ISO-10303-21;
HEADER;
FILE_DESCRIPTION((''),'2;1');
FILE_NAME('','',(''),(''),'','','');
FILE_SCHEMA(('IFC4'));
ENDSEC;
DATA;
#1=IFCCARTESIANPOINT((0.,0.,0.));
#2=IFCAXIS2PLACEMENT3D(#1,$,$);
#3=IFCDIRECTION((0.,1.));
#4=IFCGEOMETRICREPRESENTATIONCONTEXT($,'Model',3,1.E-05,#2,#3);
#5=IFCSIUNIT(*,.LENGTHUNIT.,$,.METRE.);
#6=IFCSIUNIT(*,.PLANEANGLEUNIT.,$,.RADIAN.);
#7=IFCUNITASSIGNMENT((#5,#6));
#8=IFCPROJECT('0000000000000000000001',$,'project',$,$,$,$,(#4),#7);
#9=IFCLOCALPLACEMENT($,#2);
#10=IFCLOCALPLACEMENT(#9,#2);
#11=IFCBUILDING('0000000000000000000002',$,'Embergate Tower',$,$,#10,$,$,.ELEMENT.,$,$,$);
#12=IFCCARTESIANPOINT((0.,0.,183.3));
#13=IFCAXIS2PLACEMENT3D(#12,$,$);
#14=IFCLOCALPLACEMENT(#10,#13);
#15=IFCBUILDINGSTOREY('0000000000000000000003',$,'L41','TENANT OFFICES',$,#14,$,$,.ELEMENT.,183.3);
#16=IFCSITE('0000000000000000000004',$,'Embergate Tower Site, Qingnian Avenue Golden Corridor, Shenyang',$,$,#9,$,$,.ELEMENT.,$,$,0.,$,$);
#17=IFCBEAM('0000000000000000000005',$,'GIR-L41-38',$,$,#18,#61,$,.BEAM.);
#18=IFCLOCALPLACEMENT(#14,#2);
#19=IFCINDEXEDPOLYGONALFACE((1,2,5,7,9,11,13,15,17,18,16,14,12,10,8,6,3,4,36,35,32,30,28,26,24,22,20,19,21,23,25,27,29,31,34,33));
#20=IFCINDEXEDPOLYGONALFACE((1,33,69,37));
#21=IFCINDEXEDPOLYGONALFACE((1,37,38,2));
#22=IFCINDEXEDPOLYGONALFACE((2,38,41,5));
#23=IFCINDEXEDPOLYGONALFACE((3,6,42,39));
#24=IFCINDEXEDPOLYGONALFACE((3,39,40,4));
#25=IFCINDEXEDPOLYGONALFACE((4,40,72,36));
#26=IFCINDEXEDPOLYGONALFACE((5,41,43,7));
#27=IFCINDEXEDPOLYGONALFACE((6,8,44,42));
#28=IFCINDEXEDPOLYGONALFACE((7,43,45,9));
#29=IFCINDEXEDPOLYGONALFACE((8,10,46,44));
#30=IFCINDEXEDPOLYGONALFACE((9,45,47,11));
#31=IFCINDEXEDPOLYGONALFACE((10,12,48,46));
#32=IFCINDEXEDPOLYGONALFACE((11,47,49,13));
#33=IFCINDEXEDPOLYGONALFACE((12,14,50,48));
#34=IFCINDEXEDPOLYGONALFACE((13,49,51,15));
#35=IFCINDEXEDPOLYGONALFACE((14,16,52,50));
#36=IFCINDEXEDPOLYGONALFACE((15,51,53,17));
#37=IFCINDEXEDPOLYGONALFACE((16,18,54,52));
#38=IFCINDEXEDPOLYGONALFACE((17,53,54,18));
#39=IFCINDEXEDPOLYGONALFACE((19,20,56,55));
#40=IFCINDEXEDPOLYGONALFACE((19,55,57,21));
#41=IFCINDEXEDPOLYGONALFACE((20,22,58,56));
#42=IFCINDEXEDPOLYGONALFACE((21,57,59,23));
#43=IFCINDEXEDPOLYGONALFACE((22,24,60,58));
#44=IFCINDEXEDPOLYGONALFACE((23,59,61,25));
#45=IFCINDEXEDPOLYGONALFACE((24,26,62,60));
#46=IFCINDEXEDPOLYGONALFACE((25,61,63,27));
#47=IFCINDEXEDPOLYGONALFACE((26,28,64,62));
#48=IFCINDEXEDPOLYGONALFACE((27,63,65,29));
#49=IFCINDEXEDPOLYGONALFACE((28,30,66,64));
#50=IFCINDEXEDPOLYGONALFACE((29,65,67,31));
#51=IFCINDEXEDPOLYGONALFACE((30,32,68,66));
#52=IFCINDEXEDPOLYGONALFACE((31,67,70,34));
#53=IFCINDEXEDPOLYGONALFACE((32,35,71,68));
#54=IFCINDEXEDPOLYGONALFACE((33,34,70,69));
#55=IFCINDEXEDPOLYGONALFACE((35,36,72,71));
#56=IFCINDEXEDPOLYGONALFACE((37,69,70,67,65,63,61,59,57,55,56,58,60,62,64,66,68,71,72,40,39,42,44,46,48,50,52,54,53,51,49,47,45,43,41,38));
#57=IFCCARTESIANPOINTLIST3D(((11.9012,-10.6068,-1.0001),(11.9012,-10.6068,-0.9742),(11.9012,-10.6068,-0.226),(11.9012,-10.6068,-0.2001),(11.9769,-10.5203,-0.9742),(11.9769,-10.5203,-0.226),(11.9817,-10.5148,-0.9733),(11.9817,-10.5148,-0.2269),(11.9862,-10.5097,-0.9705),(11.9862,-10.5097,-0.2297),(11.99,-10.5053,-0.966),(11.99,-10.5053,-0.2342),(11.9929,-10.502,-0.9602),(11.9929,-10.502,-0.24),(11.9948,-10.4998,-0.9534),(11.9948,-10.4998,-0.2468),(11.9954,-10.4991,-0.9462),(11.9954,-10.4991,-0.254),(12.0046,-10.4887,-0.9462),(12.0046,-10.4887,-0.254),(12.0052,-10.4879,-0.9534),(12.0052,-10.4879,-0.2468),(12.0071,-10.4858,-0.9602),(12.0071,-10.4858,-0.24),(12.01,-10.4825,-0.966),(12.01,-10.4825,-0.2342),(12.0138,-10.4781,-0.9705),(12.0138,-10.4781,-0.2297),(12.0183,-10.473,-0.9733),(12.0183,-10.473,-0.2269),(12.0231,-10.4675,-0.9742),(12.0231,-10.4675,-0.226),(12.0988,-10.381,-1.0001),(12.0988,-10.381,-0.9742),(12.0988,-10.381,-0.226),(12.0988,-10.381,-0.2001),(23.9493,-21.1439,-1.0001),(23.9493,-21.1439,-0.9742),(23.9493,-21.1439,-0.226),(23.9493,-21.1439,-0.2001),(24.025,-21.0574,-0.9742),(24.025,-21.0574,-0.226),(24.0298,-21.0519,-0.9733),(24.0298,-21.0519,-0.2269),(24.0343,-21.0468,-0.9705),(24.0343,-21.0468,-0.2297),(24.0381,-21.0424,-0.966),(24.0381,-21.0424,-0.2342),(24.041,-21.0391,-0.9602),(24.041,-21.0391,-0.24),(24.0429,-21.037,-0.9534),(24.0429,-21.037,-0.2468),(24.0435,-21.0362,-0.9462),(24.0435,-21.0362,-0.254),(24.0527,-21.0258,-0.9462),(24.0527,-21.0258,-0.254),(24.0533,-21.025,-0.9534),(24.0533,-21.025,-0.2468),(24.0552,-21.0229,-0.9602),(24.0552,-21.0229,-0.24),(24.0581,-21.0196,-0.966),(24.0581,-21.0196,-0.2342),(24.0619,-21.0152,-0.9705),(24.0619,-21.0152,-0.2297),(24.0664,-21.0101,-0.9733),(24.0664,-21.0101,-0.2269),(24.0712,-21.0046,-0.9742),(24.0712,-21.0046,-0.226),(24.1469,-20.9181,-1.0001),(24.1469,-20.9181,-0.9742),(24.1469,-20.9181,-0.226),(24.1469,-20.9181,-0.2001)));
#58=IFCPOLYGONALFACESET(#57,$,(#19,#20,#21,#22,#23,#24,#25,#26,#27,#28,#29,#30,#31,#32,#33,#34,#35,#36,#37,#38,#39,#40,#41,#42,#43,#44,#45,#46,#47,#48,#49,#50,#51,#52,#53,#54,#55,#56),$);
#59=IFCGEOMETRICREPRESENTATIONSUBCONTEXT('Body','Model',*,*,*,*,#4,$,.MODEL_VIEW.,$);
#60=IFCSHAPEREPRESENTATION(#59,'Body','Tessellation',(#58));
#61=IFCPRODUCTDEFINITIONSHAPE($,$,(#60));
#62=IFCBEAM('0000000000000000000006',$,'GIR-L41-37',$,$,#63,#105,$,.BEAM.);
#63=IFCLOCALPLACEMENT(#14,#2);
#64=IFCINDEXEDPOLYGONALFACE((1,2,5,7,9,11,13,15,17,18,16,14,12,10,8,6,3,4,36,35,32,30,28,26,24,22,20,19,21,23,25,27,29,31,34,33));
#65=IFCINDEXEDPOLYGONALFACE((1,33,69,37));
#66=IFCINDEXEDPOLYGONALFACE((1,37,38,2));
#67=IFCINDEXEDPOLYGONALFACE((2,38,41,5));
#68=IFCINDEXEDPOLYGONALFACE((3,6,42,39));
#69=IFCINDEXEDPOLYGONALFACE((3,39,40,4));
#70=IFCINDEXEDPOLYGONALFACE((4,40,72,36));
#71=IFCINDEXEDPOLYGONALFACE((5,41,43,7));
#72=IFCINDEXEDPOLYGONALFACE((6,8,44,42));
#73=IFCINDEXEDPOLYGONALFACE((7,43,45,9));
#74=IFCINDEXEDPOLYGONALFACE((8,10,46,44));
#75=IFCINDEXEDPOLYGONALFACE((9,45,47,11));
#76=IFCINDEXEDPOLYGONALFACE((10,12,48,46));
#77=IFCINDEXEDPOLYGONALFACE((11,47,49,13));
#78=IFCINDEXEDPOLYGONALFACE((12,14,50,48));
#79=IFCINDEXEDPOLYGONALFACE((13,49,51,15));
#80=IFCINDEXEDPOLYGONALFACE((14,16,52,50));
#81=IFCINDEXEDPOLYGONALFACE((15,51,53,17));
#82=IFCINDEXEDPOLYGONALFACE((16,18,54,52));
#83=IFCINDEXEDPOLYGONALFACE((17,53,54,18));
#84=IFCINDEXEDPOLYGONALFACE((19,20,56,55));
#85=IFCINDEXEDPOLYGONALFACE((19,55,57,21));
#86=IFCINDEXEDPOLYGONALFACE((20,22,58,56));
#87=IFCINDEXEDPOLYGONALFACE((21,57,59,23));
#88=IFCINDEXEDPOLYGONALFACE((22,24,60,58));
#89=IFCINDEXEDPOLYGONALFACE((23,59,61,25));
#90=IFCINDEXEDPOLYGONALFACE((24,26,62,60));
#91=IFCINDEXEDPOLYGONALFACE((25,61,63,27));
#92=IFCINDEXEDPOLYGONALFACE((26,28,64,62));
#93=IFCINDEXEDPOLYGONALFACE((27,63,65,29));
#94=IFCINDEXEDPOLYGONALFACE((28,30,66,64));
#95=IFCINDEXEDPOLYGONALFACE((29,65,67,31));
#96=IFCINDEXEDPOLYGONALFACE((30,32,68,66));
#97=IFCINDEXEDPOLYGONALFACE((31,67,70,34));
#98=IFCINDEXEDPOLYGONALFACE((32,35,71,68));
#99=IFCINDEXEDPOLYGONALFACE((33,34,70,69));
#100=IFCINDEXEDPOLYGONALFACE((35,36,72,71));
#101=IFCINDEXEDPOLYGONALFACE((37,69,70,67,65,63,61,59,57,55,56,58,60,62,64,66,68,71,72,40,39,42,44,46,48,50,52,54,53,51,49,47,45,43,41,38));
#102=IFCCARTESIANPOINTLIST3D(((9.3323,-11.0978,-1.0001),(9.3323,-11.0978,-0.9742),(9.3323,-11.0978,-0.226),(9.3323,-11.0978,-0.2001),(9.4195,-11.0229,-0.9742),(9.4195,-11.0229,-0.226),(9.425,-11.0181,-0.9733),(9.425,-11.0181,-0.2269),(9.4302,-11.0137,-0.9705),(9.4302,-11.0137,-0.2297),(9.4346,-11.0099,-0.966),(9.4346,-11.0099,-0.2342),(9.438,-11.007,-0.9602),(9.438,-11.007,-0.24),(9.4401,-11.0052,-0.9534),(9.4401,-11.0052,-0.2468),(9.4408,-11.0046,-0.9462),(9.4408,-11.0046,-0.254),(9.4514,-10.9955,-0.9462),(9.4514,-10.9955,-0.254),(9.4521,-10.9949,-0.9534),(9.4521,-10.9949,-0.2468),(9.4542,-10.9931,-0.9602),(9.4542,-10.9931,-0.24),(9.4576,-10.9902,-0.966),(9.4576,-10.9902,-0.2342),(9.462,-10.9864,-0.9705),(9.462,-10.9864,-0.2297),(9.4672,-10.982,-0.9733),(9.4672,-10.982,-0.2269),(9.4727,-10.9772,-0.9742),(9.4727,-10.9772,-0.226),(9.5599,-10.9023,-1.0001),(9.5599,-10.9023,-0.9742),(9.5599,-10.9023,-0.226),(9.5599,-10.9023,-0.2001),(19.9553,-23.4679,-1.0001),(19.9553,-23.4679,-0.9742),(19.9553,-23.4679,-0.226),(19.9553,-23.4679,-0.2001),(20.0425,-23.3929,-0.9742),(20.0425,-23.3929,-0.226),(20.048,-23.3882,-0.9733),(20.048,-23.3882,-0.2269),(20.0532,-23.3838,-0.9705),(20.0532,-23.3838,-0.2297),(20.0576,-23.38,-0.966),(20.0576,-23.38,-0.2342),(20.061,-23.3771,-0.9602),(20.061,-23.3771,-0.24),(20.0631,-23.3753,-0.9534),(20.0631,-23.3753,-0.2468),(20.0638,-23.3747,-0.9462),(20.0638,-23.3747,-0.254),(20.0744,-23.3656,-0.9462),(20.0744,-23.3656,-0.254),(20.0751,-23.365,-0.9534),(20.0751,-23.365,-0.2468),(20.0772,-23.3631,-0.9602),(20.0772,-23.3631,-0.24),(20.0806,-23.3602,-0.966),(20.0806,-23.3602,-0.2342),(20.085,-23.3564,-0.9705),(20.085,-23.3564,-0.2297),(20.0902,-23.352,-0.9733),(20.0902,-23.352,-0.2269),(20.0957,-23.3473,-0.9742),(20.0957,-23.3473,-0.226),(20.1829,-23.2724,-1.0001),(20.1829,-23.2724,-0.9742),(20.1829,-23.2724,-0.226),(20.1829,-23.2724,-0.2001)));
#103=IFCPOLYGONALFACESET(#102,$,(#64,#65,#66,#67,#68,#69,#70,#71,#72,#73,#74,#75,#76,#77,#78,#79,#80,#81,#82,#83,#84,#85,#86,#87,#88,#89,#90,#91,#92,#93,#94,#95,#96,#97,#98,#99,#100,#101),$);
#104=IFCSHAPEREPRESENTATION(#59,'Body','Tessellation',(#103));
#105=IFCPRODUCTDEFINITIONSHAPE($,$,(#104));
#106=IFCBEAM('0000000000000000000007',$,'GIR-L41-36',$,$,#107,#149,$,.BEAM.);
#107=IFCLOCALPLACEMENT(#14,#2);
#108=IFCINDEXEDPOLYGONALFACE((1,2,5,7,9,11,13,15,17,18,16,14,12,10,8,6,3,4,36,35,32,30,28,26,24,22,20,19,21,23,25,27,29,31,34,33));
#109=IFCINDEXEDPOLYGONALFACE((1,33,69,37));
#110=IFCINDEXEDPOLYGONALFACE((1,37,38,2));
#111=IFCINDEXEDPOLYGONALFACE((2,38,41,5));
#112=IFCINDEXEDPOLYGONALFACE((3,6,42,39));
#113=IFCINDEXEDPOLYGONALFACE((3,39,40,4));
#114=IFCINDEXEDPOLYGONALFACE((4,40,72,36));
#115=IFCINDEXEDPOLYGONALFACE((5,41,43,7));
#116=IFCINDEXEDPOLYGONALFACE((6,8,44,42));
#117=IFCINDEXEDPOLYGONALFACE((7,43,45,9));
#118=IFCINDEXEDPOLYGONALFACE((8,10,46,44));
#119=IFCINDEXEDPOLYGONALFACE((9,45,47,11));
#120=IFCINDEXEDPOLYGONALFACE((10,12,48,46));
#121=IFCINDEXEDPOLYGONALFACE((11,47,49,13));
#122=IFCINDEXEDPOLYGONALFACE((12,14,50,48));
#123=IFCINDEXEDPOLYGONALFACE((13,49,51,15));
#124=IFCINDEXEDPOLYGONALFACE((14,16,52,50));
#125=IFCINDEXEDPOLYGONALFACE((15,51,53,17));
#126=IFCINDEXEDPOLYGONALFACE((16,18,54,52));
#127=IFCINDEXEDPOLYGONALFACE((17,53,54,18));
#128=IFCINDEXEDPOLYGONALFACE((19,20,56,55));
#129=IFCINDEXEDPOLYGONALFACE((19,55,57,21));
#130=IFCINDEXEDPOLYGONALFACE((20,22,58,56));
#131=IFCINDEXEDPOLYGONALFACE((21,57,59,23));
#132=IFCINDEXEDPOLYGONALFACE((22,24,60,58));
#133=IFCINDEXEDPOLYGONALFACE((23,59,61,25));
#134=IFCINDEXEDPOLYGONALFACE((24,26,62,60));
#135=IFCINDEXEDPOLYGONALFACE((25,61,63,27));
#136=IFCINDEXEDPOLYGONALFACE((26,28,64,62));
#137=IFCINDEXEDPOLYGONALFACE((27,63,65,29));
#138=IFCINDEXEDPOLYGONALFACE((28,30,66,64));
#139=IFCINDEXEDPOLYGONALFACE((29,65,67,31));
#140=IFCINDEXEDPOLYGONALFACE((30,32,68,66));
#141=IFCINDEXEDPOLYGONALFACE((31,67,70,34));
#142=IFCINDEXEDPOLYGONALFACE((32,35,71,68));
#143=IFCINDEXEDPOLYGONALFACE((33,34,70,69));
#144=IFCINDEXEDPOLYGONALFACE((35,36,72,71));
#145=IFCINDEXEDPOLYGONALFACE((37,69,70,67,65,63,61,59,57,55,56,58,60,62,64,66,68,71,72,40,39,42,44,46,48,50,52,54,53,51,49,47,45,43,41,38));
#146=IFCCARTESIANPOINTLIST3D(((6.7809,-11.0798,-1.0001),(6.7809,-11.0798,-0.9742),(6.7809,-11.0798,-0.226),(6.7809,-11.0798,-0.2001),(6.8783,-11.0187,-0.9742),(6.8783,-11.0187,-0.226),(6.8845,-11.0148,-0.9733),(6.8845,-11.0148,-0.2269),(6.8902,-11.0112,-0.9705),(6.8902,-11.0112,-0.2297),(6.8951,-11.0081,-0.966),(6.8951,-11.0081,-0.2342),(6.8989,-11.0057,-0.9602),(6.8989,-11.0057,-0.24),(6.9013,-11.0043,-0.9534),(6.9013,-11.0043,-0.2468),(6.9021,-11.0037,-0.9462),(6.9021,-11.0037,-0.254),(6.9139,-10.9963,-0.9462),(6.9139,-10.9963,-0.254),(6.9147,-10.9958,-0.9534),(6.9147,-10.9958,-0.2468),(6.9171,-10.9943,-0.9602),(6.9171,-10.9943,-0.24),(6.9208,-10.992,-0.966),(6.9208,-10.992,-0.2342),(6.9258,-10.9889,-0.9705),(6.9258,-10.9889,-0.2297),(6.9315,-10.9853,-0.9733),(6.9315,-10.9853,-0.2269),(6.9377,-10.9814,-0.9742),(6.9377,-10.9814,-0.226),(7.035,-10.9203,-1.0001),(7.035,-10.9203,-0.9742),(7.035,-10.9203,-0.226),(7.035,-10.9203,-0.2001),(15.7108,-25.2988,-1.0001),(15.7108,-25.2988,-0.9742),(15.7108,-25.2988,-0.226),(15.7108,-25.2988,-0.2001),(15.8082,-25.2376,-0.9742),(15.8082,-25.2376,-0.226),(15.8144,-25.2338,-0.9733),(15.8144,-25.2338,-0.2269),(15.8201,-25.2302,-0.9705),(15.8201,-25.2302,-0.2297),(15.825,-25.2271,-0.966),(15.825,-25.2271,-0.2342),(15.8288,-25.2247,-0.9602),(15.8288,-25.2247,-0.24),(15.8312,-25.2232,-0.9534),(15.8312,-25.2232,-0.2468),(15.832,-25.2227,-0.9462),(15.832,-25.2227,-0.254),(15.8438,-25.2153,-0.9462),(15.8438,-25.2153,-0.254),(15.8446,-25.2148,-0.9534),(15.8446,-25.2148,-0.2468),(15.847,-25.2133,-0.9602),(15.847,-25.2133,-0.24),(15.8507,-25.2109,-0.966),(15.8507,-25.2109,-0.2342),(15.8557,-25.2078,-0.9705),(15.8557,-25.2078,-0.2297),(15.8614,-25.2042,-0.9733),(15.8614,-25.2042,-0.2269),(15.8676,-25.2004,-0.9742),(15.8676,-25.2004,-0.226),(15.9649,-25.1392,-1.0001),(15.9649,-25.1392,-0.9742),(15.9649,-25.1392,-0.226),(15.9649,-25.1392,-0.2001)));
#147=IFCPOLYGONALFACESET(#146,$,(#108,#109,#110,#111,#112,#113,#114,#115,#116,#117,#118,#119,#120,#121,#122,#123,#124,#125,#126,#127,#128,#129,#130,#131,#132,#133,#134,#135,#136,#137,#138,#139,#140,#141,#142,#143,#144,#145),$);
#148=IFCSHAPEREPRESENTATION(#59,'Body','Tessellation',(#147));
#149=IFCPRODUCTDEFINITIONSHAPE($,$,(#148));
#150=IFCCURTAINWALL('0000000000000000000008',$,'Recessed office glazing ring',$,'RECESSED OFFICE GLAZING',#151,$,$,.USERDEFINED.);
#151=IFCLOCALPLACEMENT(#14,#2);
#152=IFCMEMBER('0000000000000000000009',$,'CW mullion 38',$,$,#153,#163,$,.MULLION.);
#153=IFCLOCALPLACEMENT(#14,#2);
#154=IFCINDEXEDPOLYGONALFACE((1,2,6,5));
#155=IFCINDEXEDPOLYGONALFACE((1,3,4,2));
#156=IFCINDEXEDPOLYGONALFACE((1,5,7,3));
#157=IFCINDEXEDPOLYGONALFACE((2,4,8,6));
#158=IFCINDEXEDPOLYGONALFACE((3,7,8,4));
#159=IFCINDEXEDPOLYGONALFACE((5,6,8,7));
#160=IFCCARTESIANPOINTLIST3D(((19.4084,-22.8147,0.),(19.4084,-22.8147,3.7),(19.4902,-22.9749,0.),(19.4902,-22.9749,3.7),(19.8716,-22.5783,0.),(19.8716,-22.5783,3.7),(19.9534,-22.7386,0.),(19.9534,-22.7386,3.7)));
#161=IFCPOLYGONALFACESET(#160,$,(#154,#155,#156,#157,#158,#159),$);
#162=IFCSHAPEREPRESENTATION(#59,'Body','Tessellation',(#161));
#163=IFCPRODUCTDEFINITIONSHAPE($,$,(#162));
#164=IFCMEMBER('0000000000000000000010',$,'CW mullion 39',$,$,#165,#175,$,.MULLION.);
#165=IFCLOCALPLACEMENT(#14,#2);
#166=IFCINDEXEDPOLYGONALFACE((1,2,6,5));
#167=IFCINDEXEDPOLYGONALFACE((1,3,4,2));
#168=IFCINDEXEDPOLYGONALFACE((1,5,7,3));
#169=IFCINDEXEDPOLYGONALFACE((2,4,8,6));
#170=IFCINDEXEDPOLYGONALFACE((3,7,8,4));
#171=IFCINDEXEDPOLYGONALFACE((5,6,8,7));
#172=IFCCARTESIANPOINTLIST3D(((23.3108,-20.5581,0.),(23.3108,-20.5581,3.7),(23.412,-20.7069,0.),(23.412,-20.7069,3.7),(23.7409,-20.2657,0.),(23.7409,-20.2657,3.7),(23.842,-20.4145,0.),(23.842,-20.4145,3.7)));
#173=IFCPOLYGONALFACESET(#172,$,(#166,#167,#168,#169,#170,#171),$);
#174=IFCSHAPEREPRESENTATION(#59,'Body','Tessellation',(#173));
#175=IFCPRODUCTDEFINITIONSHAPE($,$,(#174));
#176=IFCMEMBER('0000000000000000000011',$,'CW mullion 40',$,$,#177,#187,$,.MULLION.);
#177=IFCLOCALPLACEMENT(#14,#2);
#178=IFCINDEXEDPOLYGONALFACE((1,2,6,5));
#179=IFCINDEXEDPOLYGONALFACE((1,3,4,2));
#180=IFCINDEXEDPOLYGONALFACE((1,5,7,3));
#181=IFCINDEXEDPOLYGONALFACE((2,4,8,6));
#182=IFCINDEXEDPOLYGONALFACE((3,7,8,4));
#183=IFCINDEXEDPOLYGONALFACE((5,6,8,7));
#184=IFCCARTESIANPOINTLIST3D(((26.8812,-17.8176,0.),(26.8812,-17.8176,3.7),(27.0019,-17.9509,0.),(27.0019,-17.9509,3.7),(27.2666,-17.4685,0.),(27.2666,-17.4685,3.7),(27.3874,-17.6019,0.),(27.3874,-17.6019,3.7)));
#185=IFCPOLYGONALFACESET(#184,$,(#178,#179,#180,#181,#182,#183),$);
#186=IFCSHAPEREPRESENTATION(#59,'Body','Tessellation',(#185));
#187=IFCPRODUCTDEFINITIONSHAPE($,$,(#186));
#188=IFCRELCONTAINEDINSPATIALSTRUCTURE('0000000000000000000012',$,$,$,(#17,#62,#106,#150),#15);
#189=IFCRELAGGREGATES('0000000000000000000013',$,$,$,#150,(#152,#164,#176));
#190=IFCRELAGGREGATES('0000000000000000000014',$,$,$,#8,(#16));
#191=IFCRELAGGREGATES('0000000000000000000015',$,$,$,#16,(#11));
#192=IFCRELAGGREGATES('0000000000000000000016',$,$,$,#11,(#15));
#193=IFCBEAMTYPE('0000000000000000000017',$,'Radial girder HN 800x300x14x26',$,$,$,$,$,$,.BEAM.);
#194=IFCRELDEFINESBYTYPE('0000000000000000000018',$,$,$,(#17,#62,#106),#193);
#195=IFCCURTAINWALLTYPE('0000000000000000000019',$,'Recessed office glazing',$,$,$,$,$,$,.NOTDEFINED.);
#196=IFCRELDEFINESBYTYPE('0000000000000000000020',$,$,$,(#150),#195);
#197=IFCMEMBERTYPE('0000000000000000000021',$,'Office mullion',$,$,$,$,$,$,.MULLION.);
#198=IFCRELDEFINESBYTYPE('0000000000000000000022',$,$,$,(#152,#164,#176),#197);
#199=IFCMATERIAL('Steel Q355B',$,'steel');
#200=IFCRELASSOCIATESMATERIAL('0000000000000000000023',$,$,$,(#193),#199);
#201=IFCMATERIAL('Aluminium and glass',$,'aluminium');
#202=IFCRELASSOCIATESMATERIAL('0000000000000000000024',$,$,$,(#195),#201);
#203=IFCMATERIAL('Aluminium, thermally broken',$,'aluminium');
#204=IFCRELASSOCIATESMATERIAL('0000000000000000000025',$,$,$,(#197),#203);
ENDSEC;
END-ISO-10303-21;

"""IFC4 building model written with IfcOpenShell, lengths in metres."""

from ifc_helpers import new_model, si_unit, direction, frame, origin, origin_2d, place, context, subcontext, project, spatial, rectangle, i_section, extrude, source, transform, mapped, material, material_profile, profile_set, type_object, element, aggregate, save


model = new_model("IFC4")

# Units and contexts
model_context = context("Model", 3, precision=1e-05, world=origin(), true_north=direction((0.0, 1.0)))
body_context = subcontext(model_context, "Body", "Model", "MODEL_VIEW")
ifc_project = project(units=[si_unit("LENGTHUNIT", "METRE"), si_unit("PLANEANGLEUNIT", "RADIAN")], contexts=[model_context])

# Site, building, storey
site_placement = place(None, origin())
site = spatial("IfcSite", under=ifc_project, at=site_placement, Name="Embergate Tower Site, Qingnian Avenue Golden Corridor, Shenyang", CompositionType="ELEMENT", RefElevation=0.0)
building_placement = place(site_placement, origin())
building = spatial("IfcBuilding", under=site, at=building_placement, Name="Embergate Tower", CompositionType="ELEMENT")
storey_placement = place(building_placement, frame((0.0, 0.0, 183.3)))
storey = spatial("IfcBuildingStorey", under=building, at=storey_placement, Name="L41", Description="TENANT OFFICES", CompositionType="ELEMENT", Elevation=183.3)

# Beams
ifc_material_1 = material(Name="Steel Q355B", Category="steel")
ifc_material_profile_1 = material_profile(ifc_material_1, i_section(OverallWidth=0.3, OverallDepth=0.8, WebThickness=0.0139, FlangeThickness=0.0259, FilletRadius=0.0281, at=origin_2d()), Name="HN 800x300x14x26")
ifc_profile_set_1 = profile_set([ifc_material_profile_1], Name="Steel Q355 grade B")
beam_type_1 = type_object("IfcBeamType", Name="Radial girder HN 800x300x14x26", PredefinedType="BEAM", material=ifc_profile_set_1)
shared_shape_1 = source(origin(), body_context, "Body", "SweptSolid", [
    extrude(i_section(OverallWidth=0.3, OverallDepth=0.8, WebThickness=0.0139, FlangeThickness=0.0259, FilletRadius=0.0281, at=origin_2d()), origin(), (0.0, 0.0, 1.0), 16.0059),
])
beam_1_placement = place(storey_placement, frame((24.0481, -21.031, -0.6001), z_axis=(-0.752731, 0.658329, 0.0), x_axis=(-0.658329, -0.752731, 0.0)))
element("IfcBeam", 1, at=beam_1_placement, inside=storey, type_object=beam_type_1, Name="GIR-L41-38", PredefinedType="BEAM", context=body_context, shape_type="MappedRepresentation", body=[
    mapped(shared_shape_1, transform((0.0, 0.0, 0.0))),
])
shared_shape_2 = source(origin(), body_context, "Body", "SweptSolid", [
    extrude(i_section(OverallWidth=0.3, OverallDepth=0.8, WebThickness=0.0139, FlangeThickness=0.0259, FilletRadius=0.0281, at=origin_2d()), origin(), (0.0, 0.0, 1.0), 16.3054),
])
beam_2_placement = place(storey_placement, frame((20.0691, -23.3701, -0.6001), z_axis=(-0.651501, 0.758647, 0.0), x_axis=(-0.758647, -0.651501, 0.0)))
element("IfcBeam", 2, at=beam_2_placement, inside=storey, type_object=beam_type_1, Name="GIR-L41-37", PredefinedType="BEAM", context=body_context, shape_type="MappedRepresentation", body=[
    mapped(shared_shape_2, transform((0.0, 0.0, 0.0))),
])
shared_shape_3 = source(origin(), body_context, "Body", "SweptSolid", [
    extrude(i_section(OverallWidth=0.3, OverallDepth=0.8, WebThickness=0.0139, FlangeThickness=0.0259, FilletRadius=0.0281, at=origin_2d()), origin(), (0.0, 0.0, 1.0), 16.7905),
])
beam_3_placement = place(storey_placement, frame((15.8379, -25.219, -0.6001), z_axis=(-0.531842, 0.846844, 0.0), x_axis=(-0.846844, -0.531842, 0.0)))
element("IfcBeam", 3, at=beam_3_placement, inside=storey, type_object=beam_type_1, Name="GIR-L41-36", PredefinedType="BEAM", context=body_context, shape_type="MappedRepresentation", body=[
    mapped(shared_shape_3, transform((0.0, 0.0, 0.0))),
])

# Curtain wall, members
ifc_material_2 = material(Name="Aluminium and glass", Category="aluminium")
curtain_wall_type = type_object("IfcCurtainWallType", Name="Recessed office glazing", PredefinedType="NOTDEFINED", material=ifc_material_2)
curtain_wall_placement = place(storey_placement, origin())
curtain_wall = element("IfcCurtainWall", 4, at=curtain_wall_placement, inside=storey, type_object=curtain_wall_type, Name="Recessed office glazing ring", ObjectType="RECESSED OFFICE GLAZING", PredefinedType="USERDEFINED")
ifc_material_3 = material(Name="Aluminium, thermally broken", Category="aluminium")
ifc_material_profile_2 = material_profile(ifc_material_3, rectangle(XDim=0.1799, YDim=0.52, at=origin_2d()), Name="AL 520x180")
ifc_profile_set_2 = profile_set([ifc_material_profile_2], Name="Aluminium, thermally broken")
member_type_1 = type_object("IfcMemberType", Name="Office mullion", PredefinedType="MULLION", material=ifc_profile_set_2)
shared_shape_4 = source(origin(), body_context, "Body", "SweptSolid", [
    extrude(rectangle(XDim=0.1799, YDim=0.52, at=origin_2d()), origin(), (0.0, 0.0, 1.0), 3.7),
])
member_1_placement = place(storey_placement, frame((19.6809, -22.7766, 0.0), z_axis=(0.0, 0.0, 1.0), x_axis=(-0.454513, 0.89074, 0.0)))
member_1 = element("IfcMember", 5, at=member_1_placement, type_object=member_type_1, Name="CW mullion 38", PredefinedType="MULLION", context=body_context, shape_type="MappedRepresentation", body=[
    mapped(shared_shape_4, transform((0.0, 0.0, 0.0))),
])
member_2_placement = place(storey_placement, frame((23.5764, -20.4863, 0.0), z_axis=(0.0, 0.0, 1.0), x_axis=(-0.562219, 0.826988, 0.0)))
member_2 = element("IfcMember", 6, at=member_2_placement, type_object=member_type_1, Name="CW mullion 39", PredefinedType="MULLION", context=body_context, shape_type="MappedRepresentation", body=[
    mapped(shared_shape_4, transform((0.0, 0.0, 0.0))),
])
member_3_placement = place(storey_placement, frame((27.1343, -17.7097, 0.0), z_axis=(0.0, 0.0, 1.0), x_axis=(-0.671229, 0.74125, 0.0)))
member_3 = element("IfcMember", 7, at=member_3_placement, type_object=member_type_1, Name="CW mullion 40", PredefinedType="MULLION", context=body_context, shape_type="MappedRepresentation", body=[
    mapped(shared_shape_4, transform((0.0, 0.0, 0.0))),
])
aggregate(curtain_wall, [member_1, member_2, member_3])

save(model, "model.ifc")
